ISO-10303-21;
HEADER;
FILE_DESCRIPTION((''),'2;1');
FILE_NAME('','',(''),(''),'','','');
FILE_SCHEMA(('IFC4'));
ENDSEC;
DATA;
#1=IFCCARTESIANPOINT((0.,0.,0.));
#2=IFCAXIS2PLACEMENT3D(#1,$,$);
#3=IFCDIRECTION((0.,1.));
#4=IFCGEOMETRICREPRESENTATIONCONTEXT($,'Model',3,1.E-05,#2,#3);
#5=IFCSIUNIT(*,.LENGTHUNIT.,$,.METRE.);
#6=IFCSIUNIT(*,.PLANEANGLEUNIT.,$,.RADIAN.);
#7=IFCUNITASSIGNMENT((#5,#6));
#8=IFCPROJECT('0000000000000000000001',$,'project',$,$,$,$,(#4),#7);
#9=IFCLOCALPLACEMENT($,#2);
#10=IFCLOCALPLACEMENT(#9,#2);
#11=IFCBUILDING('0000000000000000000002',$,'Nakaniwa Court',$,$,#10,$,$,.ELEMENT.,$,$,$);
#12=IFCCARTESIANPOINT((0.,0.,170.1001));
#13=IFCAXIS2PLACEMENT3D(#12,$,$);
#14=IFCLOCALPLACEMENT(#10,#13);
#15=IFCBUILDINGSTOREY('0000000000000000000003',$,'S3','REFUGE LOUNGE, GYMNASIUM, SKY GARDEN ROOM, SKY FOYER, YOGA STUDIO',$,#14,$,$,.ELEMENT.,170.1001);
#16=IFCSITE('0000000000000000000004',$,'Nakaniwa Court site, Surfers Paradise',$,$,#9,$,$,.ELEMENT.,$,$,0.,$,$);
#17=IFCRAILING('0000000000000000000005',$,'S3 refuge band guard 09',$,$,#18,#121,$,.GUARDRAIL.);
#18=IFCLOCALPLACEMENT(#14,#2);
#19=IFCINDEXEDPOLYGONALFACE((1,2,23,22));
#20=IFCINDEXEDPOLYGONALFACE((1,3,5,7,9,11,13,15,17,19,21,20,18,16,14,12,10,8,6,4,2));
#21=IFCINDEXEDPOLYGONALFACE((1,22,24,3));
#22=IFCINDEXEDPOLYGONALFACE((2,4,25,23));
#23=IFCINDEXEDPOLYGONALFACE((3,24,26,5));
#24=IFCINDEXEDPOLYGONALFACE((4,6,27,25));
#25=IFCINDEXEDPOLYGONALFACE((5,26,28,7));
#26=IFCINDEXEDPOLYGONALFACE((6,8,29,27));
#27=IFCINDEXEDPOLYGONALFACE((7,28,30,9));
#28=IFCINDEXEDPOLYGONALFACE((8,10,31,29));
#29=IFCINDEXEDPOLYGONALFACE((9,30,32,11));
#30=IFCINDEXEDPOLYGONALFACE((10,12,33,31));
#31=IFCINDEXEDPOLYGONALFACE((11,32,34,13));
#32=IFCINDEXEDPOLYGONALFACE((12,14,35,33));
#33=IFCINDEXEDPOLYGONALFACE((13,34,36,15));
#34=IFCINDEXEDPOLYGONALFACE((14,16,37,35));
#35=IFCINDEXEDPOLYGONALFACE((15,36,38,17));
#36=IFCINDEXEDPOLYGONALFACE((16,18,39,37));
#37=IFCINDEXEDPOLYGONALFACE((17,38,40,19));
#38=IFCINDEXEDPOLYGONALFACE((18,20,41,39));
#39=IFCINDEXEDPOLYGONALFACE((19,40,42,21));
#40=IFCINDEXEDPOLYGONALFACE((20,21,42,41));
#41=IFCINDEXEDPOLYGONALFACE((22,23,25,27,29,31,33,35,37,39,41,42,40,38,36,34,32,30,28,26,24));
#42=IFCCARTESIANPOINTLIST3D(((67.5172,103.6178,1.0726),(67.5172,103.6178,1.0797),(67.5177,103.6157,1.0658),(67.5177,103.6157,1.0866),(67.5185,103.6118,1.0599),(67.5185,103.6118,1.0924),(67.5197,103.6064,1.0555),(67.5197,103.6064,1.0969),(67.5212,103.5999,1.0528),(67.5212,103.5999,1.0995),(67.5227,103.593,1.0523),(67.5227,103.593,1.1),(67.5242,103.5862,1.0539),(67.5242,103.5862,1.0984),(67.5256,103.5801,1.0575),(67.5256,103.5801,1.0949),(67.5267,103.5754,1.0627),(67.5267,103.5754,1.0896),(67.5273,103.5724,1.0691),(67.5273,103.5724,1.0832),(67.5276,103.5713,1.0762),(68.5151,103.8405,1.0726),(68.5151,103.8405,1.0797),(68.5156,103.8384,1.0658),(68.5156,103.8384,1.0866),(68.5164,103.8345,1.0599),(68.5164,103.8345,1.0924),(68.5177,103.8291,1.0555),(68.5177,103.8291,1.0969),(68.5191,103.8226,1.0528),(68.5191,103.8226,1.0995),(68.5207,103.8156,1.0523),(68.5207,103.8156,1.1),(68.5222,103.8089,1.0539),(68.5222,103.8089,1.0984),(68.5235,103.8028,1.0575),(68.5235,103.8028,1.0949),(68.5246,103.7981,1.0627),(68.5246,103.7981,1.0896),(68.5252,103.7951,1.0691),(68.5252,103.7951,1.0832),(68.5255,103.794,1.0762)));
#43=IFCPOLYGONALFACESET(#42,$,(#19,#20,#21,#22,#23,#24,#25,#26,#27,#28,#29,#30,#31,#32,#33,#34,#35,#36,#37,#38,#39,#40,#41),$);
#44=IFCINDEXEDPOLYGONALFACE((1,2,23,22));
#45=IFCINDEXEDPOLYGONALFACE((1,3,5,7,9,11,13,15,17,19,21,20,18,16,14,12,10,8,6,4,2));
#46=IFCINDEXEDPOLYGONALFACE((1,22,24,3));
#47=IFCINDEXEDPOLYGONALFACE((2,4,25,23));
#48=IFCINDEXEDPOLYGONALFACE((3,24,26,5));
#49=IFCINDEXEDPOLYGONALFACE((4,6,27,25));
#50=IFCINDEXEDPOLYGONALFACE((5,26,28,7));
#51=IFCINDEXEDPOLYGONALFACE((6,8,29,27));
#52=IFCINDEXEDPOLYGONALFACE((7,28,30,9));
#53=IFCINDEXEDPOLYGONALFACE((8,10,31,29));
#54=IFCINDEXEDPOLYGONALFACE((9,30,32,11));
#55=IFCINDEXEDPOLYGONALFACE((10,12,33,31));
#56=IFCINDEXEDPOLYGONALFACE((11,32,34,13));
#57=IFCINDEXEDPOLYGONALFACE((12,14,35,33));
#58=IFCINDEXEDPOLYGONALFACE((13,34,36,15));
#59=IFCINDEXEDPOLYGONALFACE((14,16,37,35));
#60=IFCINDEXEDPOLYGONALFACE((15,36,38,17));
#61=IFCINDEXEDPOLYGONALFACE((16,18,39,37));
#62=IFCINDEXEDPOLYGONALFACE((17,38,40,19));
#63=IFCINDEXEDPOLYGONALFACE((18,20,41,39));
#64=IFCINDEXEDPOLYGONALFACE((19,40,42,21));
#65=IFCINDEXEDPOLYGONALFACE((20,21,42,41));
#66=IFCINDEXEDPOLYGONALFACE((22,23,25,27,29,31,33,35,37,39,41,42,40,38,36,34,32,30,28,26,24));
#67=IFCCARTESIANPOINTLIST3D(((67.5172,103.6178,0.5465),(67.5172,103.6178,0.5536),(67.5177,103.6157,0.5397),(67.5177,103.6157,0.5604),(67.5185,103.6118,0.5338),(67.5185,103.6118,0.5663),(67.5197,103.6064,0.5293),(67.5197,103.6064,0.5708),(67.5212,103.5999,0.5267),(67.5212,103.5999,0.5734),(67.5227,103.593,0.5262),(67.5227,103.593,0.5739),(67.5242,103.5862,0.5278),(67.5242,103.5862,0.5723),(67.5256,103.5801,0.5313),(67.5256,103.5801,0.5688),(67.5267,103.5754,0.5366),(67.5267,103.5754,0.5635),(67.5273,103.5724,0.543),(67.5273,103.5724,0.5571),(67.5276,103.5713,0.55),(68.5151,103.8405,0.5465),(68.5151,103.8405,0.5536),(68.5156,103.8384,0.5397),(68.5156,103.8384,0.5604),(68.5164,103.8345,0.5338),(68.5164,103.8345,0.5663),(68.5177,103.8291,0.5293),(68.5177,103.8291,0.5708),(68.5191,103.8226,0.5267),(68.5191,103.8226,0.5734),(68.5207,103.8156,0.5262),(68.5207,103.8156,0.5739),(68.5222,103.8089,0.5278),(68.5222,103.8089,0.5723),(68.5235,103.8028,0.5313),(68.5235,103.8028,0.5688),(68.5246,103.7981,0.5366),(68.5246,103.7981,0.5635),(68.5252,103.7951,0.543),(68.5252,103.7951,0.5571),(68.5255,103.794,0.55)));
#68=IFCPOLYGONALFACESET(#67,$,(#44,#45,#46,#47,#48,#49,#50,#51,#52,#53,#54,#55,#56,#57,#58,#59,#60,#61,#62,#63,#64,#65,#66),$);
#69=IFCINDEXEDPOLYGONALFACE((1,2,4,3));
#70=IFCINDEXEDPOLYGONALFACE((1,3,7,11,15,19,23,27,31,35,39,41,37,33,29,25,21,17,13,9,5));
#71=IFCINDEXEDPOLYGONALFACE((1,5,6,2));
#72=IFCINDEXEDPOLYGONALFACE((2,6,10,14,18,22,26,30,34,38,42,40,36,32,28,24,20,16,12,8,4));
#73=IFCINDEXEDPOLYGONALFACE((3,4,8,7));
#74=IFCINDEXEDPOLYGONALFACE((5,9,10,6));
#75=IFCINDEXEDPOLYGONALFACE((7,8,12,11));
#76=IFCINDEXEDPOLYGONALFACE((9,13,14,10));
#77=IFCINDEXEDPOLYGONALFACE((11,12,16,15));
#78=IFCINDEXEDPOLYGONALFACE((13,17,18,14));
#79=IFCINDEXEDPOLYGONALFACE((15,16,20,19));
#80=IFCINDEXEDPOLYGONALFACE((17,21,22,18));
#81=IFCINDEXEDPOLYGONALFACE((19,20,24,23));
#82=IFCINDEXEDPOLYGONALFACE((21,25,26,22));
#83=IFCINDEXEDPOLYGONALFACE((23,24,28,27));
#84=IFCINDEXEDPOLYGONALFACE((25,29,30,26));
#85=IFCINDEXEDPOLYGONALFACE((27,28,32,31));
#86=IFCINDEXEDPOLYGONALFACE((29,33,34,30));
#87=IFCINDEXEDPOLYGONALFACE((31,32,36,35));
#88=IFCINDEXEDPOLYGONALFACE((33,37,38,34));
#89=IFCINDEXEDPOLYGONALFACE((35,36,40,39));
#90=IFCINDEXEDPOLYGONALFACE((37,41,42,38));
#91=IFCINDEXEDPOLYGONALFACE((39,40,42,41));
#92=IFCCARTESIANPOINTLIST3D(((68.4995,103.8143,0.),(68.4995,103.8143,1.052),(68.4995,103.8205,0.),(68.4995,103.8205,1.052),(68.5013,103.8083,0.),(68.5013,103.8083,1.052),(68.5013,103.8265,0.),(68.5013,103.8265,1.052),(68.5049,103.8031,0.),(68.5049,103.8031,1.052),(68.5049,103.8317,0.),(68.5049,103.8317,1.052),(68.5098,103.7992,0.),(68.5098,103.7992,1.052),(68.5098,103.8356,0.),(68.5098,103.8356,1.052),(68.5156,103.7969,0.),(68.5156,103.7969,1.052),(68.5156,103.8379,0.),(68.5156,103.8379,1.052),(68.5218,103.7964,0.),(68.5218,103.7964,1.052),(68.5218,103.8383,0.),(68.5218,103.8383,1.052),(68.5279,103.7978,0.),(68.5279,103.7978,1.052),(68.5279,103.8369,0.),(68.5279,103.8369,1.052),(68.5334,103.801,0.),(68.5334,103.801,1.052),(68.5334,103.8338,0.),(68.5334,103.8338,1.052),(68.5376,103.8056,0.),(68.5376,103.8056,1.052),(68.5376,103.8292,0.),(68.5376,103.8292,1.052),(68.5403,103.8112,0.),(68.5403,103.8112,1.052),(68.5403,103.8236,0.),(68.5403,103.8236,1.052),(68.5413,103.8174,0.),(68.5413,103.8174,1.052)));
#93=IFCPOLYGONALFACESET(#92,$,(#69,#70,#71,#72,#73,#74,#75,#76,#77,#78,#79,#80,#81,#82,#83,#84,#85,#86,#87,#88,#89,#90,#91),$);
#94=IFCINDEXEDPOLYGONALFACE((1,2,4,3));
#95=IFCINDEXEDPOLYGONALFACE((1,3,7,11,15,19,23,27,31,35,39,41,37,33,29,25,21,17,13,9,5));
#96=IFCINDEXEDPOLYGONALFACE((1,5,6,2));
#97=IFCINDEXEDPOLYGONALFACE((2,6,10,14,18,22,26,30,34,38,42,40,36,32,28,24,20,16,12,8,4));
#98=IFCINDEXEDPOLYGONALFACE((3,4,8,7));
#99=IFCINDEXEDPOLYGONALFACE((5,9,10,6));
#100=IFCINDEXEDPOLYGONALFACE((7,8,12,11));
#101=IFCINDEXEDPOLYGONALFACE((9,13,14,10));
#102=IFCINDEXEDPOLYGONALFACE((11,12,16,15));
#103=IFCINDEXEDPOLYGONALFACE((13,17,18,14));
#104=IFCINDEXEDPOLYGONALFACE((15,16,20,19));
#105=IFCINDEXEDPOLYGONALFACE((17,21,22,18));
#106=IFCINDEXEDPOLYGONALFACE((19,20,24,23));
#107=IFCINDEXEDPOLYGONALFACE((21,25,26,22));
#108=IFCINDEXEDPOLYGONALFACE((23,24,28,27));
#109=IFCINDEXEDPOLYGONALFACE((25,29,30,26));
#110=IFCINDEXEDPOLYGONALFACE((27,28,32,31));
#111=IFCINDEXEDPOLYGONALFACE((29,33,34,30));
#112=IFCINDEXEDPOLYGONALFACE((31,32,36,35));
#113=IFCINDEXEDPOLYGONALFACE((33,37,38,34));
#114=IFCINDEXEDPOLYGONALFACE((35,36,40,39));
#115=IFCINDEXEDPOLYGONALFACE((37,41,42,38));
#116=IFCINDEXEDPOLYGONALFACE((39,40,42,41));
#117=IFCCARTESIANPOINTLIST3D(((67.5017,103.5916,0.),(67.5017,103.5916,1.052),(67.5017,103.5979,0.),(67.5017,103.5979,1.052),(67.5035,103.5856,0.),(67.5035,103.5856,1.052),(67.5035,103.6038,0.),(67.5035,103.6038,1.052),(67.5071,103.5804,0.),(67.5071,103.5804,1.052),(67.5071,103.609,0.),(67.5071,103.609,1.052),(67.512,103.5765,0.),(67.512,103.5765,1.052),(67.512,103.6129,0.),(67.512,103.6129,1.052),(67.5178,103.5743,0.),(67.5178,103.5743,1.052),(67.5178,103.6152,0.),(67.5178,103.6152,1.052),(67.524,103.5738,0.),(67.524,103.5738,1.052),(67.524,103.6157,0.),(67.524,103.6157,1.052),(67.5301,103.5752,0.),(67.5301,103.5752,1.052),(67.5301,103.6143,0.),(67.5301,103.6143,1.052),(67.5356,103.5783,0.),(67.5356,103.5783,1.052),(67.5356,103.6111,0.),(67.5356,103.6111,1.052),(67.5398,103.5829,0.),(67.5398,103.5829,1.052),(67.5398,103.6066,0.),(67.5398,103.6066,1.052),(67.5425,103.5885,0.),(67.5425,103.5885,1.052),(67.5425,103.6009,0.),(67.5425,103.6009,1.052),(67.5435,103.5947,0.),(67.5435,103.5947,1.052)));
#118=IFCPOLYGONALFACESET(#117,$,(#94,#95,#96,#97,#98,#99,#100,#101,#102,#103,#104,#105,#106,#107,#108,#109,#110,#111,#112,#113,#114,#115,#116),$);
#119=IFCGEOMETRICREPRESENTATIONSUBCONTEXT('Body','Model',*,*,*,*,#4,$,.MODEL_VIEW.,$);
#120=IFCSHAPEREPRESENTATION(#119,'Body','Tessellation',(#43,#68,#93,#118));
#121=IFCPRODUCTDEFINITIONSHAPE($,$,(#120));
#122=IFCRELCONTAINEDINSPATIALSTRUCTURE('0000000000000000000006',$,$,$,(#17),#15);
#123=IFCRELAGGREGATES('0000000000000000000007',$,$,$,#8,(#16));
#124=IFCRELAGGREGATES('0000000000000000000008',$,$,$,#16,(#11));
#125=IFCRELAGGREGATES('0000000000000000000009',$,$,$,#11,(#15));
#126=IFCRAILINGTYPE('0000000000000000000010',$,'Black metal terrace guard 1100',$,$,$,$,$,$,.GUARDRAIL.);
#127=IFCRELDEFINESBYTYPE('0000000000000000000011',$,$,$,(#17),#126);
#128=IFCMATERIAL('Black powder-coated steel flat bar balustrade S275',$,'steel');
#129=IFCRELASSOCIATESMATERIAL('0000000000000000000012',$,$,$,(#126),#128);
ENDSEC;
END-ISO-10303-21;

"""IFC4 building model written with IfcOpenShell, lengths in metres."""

from ifc_helpers import new_model, si_unit, direction, frame, origin, origin_2d, place, context, subcontext, project, spatial, circle, extrude, material, type_object, element, save


model = new_model("IFC4")

# Units and contexts
model_context = context("Model", 3, precision=1e-05, world=origin(), true_north=direction((0.0, 1.0)))
body_context = subcontext(model_context, "Body", "Model", "MODEL_VIEW")
ifc_project = project(units=[si_unit("LENGTHUNIT", "METRE"), si_unit("PLANEANGLEUNIT", "RADIAN")], contexts=[model_context])

# Site, building, storey
site_placement = place(None, origin())
site = spatial("IfcSite", under=ifc_project, at=site_placement, Name="Nakaniwa Court site, Surfers Paradise", CompositionType="ELEMENT", RefElevation=0.0)
building_placement = place(site_placement, origin())
building = spatial("IfcBuilding", under=site, at=building_placement, Name="Nakaniwa Court", CompositionType="ELEMENT")
storey_placement = place(building_placement, frame((0.0, 0.0, 170.1001)))
storey = spatial("IfcBuildingStorey", under=building, at=storey_placement, Name="S3", Description="REFUGE LOUNGE, GYMNASIUM, SKY GARDEN ROOM, SKY FOYER, YOGA STUDIO", CompositionType="ELEMENT", Elevation=170.1001)

# Railing
ifc_material_1 = material(Name="Black powder-coated steel flat bar balustrade S275", Category="steel")
railing_type = type_object("IfcRailingType", Name="Black metal terrace guard 1100", PredefinedType="GUARDRAIL", material=ifc_material_1)
railing_1_placement = place(storey_placement, frame((68.5203, 103.8174, 0.0)))
element("IfcRailing", 1, at=railing_1_placement, inside=storey, type_object=railing_type, Name="S3 refuge band guard 09", PredefinedType="GUARDRAIL", context=body_context, shape_type="SweptSolid", body=[
    extrude(circle(Radius=0.0239, at=origin_2d()), frame((0.0, 0.0, 1.0762), z_axis=(-0.975996, -0.21779, 0.0), x_axis=(0.21779, -0.975996, 0.0)), (0.0, 0.0, 1.0), 1.0225),
    extrude(circle(Radius=0.0239, at=origin_2d()), frame((0.0, 0.0, 0.55), z_axis=(-0.975996, -0.21779, 0.0), x_axis=(0.21779, -0.975996, 0.0)), (0.0, 0.0, 1.0), 1.0225),
    extrude(circle(Radius=0.021, at=origin_2d()), origin(), (0.0, 0.0, 1.0), 1.052),
    extrude(circle(Radius=0.021, at=origin_2d()), frame((-0.9978, -0.2227, 0.0)), (0.0, 0.0, 1.0), 1.052),
])

save(model, "model.ifc")
